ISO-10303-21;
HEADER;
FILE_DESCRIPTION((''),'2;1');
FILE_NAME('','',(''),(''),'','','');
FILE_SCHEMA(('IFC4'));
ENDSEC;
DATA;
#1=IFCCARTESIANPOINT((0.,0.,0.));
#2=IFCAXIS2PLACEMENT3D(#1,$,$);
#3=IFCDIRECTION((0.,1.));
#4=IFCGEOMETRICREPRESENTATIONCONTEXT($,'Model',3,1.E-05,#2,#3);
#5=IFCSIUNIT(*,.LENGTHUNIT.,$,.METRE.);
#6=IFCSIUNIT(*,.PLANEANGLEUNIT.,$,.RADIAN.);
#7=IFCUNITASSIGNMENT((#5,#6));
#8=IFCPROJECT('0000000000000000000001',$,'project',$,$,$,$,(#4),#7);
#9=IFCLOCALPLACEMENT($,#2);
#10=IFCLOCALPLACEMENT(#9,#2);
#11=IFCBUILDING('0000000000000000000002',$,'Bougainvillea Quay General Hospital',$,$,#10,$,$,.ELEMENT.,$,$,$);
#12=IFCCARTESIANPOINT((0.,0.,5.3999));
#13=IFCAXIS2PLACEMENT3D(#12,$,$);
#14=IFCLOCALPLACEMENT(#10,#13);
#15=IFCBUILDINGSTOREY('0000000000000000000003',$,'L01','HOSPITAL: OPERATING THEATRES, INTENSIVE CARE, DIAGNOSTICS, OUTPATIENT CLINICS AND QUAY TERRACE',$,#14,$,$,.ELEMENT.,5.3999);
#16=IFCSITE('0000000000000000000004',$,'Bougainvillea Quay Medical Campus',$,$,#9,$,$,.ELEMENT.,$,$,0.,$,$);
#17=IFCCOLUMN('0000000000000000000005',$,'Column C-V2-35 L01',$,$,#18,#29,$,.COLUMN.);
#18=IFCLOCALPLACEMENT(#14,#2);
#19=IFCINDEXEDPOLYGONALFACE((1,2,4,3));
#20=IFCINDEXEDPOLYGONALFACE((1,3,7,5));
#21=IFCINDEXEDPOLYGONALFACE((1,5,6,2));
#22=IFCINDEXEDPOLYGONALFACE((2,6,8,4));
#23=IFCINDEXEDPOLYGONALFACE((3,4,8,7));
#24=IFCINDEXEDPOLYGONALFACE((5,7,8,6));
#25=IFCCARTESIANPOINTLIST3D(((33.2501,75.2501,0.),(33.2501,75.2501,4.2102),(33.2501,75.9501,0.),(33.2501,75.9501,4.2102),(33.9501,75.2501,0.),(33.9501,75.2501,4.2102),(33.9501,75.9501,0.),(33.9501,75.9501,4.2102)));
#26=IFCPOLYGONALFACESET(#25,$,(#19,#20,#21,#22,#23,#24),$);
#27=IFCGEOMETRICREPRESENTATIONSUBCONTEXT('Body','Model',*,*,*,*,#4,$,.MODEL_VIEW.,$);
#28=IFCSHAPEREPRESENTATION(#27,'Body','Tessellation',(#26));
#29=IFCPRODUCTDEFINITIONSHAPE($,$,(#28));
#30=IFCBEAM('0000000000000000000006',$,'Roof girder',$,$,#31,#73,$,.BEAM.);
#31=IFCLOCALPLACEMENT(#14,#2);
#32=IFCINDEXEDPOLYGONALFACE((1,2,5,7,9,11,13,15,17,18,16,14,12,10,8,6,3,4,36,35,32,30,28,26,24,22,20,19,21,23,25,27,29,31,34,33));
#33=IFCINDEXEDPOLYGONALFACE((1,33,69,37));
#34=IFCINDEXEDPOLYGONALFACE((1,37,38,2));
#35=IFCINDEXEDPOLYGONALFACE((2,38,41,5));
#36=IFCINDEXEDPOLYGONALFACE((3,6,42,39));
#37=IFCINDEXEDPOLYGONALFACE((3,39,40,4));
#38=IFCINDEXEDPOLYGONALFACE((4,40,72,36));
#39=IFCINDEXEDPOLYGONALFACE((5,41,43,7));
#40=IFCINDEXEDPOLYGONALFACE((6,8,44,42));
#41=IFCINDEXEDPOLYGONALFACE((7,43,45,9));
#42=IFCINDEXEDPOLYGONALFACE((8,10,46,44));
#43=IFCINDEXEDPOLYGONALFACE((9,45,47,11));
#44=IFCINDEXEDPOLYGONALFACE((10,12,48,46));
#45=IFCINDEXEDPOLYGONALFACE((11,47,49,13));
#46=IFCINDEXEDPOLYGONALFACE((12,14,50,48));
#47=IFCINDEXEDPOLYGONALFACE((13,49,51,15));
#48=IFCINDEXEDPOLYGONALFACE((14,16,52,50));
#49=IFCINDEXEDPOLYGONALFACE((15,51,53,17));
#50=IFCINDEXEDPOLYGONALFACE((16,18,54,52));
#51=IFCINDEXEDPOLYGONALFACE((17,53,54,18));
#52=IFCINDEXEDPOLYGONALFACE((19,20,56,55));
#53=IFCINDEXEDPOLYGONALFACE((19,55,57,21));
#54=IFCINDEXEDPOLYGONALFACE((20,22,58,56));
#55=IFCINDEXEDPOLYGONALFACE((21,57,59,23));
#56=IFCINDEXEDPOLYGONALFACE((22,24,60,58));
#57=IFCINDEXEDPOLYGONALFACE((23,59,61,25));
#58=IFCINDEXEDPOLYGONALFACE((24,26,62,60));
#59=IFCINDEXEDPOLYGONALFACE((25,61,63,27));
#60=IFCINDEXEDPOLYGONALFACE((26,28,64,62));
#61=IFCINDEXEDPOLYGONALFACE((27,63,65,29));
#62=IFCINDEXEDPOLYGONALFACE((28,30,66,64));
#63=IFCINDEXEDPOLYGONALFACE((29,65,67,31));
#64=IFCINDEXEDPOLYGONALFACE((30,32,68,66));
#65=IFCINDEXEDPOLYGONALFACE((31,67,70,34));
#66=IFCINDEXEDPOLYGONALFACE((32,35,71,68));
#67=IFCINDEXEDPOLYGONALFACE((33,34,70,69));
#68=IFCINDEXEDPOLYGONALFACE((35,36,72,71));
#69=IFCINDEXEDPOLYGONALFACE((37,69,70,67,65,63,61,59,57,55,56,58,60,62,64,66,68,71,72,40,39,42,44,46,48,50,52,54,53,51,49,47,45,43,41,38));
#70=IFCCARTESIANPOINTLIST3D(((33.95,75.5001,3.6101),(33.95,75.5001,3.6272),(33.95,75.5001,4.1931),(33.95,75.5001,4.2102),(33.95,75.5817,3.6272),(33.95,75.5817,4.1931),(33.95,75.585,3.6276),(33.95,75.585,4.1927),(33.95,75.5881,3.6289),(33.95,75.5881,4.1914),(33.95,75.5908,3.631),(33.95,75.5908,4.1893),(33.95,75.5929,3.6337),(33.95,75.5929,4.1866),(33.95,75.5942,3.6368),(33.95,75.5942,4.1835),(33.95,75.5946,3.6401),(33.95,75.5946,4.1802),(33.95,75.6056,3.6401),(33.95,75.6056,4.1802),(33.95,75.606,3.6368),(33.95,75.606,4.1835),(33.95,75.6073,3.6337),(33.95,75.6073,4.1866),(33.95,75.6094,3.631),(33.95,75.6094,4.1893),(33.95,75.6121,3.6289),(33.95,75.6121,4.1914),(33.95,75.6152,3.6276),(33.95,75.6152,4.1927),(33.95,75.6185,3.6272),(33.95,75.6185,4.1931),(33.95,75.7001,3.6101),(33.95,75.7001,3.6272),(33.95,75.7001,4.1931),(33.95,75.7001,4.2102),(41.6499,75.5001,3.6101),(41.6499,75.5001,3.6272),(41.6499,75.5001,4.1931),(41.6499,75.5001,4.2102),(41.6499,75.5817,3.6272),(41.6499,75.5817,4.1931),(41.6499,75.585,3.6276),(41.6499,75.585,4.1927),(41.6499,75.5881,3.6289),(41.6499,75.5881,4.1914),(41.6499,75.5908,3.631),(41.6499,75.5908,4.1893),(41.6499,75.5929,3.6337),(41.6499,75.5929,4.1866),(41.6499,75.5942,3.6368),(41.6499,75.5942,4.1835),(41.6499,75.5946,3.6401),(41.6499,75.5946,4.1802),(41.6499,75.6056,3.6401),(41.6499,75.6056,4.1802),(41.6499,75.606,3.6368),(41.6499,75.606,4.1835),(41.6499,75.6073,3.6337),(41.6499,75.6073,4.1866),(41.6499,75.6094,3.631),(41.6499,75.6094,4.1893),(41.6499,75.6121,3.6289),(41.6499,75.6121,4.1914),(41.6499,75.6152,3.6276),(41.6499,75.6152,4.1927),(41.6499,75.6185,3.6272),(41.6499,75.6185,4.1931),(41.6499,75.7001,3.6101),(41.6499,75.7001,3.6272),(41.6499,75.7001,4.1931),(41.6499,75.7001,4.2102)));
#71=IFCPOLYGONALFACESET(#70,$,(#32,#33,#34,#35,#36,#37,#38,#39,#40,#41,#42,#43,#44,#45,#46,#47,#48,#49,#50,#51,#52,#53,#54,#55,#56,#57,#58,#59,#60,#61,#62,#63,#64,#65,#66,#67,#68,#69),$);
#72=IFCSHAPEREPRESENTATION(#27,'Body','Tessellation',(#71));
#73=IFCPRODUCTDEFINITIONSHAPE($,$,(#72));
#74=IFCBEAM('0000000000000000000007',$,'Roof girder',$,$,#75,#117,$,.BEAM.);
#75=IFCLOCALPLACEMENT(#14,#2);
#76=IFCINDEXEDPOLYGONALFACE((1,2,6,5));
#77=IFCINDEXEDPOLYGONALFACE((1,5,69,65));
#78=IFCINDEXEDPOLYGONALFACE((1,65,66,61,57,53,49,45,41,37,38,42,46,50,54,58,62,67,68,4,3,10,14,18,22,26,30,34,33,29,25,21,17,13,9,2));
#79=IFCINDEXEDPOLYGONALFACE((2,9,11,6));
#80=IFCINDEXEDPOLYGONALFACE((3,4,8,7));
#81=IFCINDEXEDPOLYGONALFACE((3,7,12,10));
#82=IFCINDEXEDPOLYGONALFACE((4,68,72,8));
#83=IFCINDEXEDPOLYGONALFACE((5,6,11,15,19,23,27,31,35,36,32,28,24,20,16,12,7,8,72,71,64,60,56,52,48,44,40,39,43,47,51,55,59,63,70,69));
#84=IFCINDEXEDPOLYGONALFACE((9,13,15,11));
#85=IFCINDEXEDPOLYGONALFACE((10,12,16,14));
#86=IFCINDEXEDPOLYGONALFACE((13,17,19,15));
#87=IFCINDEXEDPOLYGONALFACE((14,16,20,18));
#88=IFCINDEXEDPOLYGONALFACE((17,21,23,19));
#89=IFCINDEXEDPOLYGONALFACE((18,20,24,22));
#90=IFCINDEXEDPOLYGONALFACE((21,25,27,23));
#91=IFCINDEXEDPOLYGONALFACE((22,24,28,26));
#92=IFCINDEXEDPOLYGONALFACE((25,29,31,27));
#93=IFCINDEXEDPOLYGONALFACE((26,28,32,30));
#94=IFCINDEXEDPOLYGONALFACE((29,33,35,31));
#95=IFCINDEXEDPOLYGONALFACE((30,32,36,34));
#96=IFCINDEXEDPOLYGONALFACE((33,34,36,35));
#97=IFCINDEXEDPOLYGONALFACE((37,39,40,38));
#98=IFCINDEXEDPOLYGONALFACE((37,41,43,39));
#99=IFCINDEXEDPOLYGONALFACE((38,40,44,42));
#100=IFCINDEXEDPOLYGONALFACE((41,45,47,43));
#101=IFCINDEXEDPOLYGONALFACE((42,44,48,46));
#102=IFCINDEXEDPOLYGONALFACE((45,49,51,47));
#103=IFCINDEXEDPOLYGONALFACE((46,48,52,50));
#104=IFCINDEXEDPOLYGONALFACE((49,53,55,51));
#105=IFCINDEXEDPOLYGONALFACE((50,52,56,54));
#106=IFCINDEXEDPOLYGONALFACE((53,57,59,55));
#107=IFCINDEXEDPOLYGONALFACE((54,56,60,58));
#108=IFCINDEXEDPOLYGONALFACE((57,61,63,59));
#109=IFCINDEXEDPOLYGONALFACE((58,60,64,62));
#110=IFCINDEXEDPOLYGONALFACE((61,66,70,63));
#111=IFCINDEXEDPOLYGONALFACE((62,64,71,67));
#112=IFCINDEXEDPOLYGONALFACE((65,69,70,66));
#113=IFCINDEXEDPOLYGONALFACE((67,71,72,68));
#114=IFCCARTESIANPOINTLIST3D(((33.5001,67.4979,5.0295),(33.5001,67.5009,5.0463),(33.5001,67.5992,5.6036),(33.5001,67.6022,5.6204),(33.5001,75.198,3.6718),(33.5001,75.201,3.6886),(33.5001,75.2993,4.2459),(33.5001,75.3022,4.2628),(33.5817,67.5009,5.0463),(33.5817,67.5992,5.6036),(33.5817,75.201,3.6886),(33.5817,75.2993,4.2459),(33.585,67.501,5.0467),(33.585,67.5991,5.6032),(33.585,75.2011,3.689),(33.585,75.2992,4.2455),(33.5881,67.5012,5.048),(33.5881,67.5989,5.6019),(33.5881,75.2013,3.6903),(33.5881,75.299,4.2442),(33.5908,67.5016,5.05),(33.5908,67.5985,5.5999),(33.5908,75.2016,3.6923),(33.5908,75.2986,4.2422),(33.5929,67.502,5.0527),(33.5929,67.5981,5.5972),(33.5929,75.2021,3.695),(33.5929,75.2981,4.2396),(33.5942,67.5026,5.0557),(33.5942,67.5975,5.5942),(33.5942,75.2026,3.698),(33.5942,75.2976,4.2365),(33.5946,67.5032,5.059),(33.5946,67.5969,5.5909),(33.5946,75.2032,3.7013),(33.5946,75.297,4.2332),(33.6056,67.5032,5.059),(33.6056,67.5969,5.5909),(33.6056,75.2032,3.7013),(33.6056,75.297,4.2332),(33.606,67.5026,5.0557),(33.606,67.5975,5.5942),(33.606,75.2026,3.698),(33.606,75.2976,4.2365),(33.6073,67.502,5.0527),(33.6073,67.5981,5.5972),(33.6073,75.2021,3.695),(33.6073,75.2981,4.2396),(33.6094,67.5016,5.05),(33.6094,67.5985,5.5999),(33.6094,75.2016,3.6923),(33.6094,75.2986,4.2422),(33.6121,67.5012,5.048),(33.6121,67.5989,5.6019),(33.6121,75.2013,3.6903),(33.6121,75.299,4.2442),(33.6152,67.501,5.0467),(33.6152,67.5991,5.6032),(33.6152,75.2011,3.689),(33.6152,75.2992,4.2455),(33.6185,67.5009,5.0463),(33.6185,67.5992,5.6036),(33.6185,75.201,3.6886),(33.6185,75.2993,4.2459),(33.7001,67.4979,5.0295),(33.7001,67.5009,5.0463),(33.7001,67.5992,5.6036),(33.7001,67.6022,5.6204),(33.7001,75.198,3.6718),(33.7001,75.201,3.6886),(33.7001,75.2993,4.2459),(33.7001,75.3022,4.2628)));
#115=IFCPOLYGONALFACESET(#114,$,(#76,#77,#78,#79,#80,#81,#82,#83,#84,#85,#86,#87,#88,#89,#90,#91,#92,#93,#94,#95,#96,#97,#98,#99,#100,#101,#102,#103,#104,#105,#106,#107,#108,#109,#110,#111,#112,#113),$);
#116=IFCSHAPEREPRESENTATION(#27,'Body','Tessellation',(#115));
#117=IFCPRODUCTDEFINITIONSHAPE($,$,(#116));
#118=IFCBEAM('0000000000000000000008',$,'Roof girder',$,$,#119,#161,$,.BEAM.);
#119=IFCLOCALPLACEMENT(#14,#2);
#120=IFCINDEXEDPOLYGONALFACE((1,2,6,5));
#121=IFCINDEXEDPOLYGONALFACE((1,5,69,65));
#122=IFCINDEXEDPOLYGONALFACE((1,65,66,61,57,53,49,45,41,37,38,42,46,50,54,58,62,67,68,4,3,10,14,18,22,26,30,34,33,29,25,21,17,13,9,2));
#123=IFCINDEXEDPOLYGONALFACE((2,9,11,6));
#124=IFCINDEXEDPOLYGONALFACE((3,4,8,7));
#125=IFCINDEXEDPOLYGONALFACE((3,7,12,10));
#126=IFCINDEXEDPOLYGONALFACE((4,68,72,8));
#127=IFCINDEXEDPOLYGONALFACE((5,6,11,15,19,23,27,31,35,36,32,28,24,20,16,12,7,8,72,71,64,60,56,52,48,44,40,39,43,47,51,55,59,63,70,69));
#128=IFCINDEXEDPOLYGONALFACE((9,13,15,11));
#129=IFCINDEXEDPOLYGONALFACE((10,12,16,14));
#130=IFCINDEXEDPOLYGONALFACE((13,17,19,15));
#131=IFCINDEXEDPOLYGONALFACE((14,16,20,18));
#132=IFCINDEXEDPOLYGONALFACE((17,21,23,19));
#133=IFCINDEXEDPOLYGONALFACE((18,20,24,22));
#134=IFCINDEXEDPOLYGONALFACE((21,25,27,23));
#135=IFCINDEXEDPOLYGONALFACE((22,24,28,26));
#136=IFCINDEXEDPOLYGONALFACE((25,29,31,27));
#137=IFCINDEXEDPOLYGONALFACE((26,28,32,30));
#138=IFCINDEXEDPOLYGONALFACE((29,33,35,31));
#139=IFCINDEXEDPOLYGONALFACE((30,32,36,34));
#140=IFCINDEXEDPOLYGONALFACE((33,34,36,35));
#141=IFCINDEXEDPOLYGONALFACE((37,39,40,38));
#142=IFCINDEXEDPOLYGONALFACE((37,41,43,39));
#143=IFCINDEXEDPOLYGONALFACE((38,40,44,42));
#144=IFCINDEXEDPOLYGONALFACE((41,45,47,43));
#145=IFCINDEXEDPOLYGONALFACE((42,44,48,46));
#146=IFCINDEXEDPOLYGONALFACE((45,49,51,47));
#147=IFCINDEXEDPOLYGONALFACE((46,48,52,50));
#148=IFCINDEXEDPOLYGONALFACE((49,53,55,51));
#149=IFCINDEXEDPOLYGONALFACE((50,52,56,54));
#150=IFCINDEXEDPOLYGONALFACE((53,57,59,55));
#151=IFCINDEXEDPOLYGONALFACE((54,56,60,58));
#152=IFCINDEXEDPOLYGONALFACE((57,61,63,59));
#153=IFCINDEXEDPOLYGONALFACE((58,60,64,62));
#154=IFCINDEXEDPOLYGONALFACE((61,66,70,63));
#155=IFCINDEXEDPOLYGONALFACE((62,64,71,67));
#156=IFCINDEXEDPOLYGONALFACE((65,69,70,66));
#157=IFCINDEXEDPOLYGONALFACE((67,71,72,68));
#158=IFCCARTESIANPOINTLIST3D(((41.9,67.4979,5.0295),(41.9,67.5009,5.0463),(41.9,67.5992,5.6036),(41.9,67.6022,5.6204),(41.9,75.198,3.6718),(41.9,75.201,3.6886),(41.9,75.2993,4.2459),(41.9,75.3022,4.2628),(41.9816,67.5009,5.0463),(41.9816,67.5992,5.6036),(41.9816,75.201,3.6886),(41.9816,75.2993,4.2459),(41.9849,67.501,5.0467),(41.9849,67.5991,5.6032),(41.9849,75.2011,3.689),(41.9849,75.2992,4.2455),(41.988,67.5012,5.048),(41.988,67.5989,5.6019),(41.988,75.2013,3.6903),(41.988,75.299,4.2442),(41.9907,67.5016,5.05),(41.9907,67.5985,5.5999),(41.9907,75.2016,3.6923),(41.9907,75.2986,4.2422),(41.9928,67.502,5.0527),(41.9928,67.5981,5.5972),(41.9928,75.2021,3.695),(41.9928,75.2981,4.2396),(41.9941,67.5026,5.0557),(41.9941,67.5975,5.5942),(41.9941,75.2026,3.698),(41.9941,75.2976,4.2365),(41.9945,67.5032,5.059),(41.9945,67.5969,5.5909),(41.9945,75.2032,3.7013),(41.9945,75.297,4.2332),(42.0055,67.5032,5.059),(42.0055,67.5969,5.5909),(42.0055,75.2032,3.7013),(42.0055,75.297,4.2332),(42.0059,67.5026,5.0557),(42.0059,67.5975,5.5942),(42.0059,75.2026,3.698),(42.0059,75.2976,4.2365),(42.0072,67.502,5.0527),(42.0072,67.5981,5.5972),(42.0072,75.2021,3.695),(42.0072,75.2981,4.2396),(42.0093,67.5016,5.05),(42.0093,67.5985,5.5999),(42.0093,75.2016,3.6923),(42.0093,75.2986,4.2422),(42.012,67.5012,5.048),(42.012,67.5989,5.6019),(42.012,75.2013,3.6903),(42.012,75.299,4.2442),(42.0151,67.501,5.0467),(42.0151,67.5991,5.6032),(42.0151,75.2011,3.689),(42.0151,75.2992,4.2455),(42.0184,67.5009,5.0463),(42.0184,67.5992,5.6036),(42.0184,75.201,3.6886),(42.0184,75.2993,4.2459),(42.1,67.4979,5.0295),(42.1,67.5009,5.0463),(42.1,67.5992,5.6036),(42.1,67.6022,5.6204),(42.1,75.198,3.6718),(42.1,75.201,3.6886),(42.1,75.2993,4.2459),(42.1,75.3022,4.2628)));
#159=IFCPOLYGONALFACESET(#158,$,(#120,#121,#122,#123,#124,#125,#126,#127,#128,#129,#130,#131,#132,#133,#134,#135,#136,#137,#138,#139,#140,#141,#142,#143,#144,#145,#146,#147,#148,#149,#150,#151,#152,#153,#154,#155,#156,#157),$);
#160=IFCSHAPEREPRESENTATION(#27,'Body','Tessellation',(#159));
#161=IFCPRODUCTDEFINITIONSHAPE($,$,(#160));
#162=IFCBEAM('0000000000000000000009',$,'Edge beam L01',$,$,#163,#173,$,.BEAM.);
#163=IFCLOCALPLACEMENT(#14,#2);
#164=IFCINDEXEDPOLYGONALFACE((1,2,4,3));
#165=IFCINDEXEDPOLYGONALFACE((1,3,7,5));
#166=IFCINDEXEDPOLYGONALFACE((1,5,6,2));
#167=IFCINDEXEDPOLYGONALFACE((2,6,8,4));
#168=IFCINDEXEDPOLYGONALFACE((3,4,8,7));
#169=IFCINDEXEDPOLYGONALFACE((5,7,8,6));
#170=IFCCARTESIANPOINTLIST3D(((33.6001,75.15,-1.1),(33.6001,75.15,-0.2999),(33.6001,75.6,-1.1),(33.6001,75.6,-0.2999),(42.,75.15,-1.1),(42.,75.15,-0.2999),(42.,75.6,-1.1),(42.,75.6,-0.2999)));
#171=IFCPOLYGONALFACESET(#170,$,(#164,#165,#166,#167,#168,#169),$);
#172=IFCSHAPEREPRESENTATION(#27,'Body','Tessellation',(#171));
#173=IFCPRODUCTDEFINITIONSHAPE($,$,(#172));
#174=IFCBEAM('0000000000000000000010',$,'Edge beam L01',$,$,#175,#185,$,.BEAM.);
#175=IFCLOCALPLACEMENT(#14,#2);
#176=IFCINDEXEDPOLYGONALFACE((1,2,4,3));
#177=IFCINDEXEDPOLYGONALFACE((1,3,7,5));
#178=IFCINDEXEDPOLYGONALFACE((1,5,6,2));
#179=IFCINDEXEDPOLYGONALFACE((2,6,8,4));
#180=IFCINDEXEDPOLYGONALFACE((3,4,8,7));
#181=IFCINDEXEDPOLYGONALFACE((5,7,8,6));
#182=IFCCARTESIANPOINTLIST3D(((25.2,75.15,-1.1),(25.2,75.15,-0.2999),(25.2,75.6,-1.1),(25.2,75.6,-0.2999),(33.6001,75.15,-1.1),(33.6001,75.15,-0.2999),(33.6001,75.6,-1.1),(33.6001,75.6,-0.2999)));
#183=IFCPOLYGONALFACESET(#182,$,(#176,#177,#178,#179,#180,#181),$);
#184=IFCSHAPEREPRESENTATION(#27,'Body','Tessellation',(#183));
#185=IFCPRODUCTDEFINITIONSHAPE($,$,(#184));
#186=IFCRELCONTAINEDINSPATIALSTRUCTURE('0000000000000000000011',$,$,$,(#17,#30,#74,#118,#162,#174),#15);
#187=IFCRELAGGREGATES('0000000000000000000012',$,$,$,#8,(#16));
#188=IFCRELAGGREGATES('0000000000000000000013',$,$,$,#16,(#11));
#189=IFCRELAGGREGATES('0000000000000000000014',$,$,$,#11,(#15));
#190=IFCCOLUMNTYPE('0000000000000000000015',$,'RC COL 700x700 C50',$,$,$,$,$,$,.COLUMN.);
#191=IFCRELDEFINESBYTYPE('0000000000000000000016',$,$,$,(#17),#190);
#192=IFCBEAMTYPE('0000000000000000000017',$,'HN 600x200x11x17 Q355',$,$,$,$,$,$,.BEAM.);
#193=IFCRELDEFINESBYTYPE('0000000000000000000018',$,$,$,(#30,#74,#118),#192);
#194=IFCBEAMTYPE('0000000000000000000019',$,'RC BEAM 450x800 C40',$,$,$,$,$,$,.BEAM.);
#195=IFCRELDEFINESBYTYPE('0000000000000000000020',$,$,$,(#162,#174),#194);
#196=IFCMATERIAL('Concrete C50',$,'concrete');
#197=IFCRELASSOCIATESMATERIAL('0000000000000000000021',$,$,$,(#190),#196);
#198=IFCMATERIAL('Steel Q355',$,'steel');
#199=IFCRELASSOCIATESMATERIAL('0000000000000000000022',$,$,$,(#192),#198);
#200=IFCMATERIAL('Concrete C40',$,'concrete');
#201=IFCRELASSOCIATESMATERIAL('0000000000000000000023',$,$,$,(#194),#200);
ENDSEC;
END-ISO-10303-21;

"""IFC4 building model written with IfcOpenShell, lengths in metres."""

from ifc_helpers import new_model, si_unit, direction, frame, origin, origin_2d, place, context, subcontext, project, spatial, rectangle, i_section, extrude, material, material_profile, profile_set, type_object, element, save


model = new_model("IFC4")

# Units and contexts
model_context = context("Model", 3, precision=1e-05, world=origin(), true_north=direction((0.0, 1.0)))
body_context = subcontext(model_context, "Body", "Model", "MODEL_VIEW")
ifc_project = project(units=[si_unit("LENGTHUNIT", "METRE"), si_unit("PLANEANGLEUNIT", "RADIAN")], contexts=[model_context])

# Site, building, storey
site_placement = place(None, origin())
site = spatial("IfcSite", under=ifc_project, at=site_placement, Name="Bougainvillea Quay Medical Campus", CompositionType="ELEMENT", RefElevation=0.0)
building_placement = place(site_placement, origin())
building = spatial("IfcBuilding", under=site, at=building_placement, Name="Bougainvillea Quay General Hospital", CompositionType="ELEMENT")
storey_placement = place(building_placement, frame((0.0, 0.0, 5.3999)))
storey = spatial("IfcBuildingStorey", under=building, at=storey_placement, Name="L01", Description="HOSPITAL: OPERATING THEATRES, INTENSIVE CARE, DIAGNOSTICS, OUTPATIENT CLINICS AND QUAY TERRACE", CompositionType="ELEMENT", Elevation=5.3999)

# Column
ifc_material_1 = material(Name="Concrete C50", Category="concrete")
ifc_material_profile_1 = material_profile(ifc_material_1, rectangle(XDim=0.7, YDim=0.7, at=origin_2d()))
ifc_profile_set_1 = profile_set([ifc_material_profile_1], Name="Concrete C50")
column_type = type_object("IfcColumnType", Name="RC COL 700x700 C50", PredefinedType="COLUMN", material=ifc_profile_set_1)
column_placement = place(storey_placement, frame((33.6001, 75.6001, 0.0), z_axis=(0.0, 0.0, 1.0), x_axis=(1.0, 0.0, 0.0)))
element("IfcColumn", 1, at=column_placement, inside=storey, type_object=column_type, Name="Column C-V2-35 L01", PredefinedType="COLUMN", context=body_context, shape_type="SweptSolid", body=[
    extrude(rectangle(XDim=0.7, YDim=0.7, at=origin_2d()), origin(), (0.0, 0.0, 1.0), 4.2102),
])

# Beams
ifc_material_2 = material(Name="Steel Q355", Category="steel")
ifc_material_profile_2 = material_profile(ifc_material_2, i_section(OverallWidth=0.2, OverallDepth=0.6001, WebThickness=0.011, FlangeThickness=0.0171, FilletRadius=0.0129, at=origin_2d()))
ifc_profile_set_2 = profile_set([ifc_material_profile_2], Name="Steel Q355")
beam_type_1 = type_object("IfcBeamType", Name="HN 600x200x11x17 Q355", PredefinedType="BEAM", material=ifc_profile_set_2)
beam_1_placement = place(storey_placement, frame((33.95, 75.6001, 3.9102), z_axis=(1.0, 0.0, 0.0), x_axis=(0.0, 1.0, 0.0)))
element("IfcBeam", 2, at=beam_1_placement, inside=storey, type_object=beam_type_1, Name="Roof girder", PredefinedType="BEAM", context=body_context, shape_type="SweptSolid", body=[
    extrude(i_section(OverallWidth=0.2, OverallDepth=0.6001, WebThickness=0.011, FlangeThickness=0.0171, FilletRadius=0.0129, at=origin_2d()), origin(), (0.0, 0.0, 1.0), 7.7),
])
for number, where, z_axis, x_axis, name in (
    (3, (33.6001, 67.55, 5.325), (0.0, 0.984809, -0.173643), (-1.0, 0.0, 0.0), "Roof girder"),
    (4, (42.0, 67.55, 5.325), (0.0, 0.984809, -0.173643), (-1.0, 0.0, 0.0), "Roof girder"),
):
    element("IfcBeam", number, at=place(storey_placement, frame(where, z_axis=z_axis, x_axis=x_axis)), inside=storey, type_object=beam_type_1, Name=name, PredefinedType="BEAM", context=body_context, shape_type="SweptSolid", body=[
        extrude(i_section(OverallWidth=0.2, OverallDepth=0.6001, WebThickness=0.011, FlangeThickness=0.0171, FilletRadius=0.0129, at=origin_2d()), origin(), (0.0, 0.0, 1.0), 7.8188),
    ])
ifc_material_3 = material(Name="Concrete C40", Category="concrete")
ifc_material_profile_3 = material_profile(ifc_material_3, rectangle(XDim=0.45, YDim=0.8, at=origin_2d()))
ifc_profile_set_3 = profile_set([ifc_material_profile_3], Name="Concrete C40")
beam_type_2 = type_object("IfcBeamType", Name="RC BEAM 450x800 C40", PredefinedType="BEAM", material=ifc_profile_set_3)
beam_2_placement = place(storey_placement, frame((42.0, 75.375, -0.7), z_axis=(-1.0, 0.0, 0.0), x_axis=(0.0, -1.0, 0.0)))
element("IfcBeam", 5, at=beam_2_placement, inside=storey, type_object=beam_type_2, Name="Edge beam L01", PredefinedType="BEAM", context=body_context, shape_type="SweptSolid", body=[
    extrude(rectangle(XDim=0.45, YDim=0.8, at=origin_2d()), origin(), (0.0, 0.0, 1.0), 8.3999),
])
beam_3_placement = place(storey_placement, frame((33.6001, 75.375, -0.7), z_axis=(-1.0, 0.0, 0.0), x_axis=(0.0, -1.0, 0.0)))
element("IfcBeam", 6, at=beam_3_placement, inside=storey, type_object=beam_type_2, Name="Edge beam L01", PredefinedType="BEAM", context=body_context, shape_type="SweptSolid", body=[
    extrude(rectangle(XDim=0.45, YDim=0.8, at=origin_2d()), origin(), (0.0, 0.0, 1.0), 8.4001),
])

save(model, "model.ifc")
